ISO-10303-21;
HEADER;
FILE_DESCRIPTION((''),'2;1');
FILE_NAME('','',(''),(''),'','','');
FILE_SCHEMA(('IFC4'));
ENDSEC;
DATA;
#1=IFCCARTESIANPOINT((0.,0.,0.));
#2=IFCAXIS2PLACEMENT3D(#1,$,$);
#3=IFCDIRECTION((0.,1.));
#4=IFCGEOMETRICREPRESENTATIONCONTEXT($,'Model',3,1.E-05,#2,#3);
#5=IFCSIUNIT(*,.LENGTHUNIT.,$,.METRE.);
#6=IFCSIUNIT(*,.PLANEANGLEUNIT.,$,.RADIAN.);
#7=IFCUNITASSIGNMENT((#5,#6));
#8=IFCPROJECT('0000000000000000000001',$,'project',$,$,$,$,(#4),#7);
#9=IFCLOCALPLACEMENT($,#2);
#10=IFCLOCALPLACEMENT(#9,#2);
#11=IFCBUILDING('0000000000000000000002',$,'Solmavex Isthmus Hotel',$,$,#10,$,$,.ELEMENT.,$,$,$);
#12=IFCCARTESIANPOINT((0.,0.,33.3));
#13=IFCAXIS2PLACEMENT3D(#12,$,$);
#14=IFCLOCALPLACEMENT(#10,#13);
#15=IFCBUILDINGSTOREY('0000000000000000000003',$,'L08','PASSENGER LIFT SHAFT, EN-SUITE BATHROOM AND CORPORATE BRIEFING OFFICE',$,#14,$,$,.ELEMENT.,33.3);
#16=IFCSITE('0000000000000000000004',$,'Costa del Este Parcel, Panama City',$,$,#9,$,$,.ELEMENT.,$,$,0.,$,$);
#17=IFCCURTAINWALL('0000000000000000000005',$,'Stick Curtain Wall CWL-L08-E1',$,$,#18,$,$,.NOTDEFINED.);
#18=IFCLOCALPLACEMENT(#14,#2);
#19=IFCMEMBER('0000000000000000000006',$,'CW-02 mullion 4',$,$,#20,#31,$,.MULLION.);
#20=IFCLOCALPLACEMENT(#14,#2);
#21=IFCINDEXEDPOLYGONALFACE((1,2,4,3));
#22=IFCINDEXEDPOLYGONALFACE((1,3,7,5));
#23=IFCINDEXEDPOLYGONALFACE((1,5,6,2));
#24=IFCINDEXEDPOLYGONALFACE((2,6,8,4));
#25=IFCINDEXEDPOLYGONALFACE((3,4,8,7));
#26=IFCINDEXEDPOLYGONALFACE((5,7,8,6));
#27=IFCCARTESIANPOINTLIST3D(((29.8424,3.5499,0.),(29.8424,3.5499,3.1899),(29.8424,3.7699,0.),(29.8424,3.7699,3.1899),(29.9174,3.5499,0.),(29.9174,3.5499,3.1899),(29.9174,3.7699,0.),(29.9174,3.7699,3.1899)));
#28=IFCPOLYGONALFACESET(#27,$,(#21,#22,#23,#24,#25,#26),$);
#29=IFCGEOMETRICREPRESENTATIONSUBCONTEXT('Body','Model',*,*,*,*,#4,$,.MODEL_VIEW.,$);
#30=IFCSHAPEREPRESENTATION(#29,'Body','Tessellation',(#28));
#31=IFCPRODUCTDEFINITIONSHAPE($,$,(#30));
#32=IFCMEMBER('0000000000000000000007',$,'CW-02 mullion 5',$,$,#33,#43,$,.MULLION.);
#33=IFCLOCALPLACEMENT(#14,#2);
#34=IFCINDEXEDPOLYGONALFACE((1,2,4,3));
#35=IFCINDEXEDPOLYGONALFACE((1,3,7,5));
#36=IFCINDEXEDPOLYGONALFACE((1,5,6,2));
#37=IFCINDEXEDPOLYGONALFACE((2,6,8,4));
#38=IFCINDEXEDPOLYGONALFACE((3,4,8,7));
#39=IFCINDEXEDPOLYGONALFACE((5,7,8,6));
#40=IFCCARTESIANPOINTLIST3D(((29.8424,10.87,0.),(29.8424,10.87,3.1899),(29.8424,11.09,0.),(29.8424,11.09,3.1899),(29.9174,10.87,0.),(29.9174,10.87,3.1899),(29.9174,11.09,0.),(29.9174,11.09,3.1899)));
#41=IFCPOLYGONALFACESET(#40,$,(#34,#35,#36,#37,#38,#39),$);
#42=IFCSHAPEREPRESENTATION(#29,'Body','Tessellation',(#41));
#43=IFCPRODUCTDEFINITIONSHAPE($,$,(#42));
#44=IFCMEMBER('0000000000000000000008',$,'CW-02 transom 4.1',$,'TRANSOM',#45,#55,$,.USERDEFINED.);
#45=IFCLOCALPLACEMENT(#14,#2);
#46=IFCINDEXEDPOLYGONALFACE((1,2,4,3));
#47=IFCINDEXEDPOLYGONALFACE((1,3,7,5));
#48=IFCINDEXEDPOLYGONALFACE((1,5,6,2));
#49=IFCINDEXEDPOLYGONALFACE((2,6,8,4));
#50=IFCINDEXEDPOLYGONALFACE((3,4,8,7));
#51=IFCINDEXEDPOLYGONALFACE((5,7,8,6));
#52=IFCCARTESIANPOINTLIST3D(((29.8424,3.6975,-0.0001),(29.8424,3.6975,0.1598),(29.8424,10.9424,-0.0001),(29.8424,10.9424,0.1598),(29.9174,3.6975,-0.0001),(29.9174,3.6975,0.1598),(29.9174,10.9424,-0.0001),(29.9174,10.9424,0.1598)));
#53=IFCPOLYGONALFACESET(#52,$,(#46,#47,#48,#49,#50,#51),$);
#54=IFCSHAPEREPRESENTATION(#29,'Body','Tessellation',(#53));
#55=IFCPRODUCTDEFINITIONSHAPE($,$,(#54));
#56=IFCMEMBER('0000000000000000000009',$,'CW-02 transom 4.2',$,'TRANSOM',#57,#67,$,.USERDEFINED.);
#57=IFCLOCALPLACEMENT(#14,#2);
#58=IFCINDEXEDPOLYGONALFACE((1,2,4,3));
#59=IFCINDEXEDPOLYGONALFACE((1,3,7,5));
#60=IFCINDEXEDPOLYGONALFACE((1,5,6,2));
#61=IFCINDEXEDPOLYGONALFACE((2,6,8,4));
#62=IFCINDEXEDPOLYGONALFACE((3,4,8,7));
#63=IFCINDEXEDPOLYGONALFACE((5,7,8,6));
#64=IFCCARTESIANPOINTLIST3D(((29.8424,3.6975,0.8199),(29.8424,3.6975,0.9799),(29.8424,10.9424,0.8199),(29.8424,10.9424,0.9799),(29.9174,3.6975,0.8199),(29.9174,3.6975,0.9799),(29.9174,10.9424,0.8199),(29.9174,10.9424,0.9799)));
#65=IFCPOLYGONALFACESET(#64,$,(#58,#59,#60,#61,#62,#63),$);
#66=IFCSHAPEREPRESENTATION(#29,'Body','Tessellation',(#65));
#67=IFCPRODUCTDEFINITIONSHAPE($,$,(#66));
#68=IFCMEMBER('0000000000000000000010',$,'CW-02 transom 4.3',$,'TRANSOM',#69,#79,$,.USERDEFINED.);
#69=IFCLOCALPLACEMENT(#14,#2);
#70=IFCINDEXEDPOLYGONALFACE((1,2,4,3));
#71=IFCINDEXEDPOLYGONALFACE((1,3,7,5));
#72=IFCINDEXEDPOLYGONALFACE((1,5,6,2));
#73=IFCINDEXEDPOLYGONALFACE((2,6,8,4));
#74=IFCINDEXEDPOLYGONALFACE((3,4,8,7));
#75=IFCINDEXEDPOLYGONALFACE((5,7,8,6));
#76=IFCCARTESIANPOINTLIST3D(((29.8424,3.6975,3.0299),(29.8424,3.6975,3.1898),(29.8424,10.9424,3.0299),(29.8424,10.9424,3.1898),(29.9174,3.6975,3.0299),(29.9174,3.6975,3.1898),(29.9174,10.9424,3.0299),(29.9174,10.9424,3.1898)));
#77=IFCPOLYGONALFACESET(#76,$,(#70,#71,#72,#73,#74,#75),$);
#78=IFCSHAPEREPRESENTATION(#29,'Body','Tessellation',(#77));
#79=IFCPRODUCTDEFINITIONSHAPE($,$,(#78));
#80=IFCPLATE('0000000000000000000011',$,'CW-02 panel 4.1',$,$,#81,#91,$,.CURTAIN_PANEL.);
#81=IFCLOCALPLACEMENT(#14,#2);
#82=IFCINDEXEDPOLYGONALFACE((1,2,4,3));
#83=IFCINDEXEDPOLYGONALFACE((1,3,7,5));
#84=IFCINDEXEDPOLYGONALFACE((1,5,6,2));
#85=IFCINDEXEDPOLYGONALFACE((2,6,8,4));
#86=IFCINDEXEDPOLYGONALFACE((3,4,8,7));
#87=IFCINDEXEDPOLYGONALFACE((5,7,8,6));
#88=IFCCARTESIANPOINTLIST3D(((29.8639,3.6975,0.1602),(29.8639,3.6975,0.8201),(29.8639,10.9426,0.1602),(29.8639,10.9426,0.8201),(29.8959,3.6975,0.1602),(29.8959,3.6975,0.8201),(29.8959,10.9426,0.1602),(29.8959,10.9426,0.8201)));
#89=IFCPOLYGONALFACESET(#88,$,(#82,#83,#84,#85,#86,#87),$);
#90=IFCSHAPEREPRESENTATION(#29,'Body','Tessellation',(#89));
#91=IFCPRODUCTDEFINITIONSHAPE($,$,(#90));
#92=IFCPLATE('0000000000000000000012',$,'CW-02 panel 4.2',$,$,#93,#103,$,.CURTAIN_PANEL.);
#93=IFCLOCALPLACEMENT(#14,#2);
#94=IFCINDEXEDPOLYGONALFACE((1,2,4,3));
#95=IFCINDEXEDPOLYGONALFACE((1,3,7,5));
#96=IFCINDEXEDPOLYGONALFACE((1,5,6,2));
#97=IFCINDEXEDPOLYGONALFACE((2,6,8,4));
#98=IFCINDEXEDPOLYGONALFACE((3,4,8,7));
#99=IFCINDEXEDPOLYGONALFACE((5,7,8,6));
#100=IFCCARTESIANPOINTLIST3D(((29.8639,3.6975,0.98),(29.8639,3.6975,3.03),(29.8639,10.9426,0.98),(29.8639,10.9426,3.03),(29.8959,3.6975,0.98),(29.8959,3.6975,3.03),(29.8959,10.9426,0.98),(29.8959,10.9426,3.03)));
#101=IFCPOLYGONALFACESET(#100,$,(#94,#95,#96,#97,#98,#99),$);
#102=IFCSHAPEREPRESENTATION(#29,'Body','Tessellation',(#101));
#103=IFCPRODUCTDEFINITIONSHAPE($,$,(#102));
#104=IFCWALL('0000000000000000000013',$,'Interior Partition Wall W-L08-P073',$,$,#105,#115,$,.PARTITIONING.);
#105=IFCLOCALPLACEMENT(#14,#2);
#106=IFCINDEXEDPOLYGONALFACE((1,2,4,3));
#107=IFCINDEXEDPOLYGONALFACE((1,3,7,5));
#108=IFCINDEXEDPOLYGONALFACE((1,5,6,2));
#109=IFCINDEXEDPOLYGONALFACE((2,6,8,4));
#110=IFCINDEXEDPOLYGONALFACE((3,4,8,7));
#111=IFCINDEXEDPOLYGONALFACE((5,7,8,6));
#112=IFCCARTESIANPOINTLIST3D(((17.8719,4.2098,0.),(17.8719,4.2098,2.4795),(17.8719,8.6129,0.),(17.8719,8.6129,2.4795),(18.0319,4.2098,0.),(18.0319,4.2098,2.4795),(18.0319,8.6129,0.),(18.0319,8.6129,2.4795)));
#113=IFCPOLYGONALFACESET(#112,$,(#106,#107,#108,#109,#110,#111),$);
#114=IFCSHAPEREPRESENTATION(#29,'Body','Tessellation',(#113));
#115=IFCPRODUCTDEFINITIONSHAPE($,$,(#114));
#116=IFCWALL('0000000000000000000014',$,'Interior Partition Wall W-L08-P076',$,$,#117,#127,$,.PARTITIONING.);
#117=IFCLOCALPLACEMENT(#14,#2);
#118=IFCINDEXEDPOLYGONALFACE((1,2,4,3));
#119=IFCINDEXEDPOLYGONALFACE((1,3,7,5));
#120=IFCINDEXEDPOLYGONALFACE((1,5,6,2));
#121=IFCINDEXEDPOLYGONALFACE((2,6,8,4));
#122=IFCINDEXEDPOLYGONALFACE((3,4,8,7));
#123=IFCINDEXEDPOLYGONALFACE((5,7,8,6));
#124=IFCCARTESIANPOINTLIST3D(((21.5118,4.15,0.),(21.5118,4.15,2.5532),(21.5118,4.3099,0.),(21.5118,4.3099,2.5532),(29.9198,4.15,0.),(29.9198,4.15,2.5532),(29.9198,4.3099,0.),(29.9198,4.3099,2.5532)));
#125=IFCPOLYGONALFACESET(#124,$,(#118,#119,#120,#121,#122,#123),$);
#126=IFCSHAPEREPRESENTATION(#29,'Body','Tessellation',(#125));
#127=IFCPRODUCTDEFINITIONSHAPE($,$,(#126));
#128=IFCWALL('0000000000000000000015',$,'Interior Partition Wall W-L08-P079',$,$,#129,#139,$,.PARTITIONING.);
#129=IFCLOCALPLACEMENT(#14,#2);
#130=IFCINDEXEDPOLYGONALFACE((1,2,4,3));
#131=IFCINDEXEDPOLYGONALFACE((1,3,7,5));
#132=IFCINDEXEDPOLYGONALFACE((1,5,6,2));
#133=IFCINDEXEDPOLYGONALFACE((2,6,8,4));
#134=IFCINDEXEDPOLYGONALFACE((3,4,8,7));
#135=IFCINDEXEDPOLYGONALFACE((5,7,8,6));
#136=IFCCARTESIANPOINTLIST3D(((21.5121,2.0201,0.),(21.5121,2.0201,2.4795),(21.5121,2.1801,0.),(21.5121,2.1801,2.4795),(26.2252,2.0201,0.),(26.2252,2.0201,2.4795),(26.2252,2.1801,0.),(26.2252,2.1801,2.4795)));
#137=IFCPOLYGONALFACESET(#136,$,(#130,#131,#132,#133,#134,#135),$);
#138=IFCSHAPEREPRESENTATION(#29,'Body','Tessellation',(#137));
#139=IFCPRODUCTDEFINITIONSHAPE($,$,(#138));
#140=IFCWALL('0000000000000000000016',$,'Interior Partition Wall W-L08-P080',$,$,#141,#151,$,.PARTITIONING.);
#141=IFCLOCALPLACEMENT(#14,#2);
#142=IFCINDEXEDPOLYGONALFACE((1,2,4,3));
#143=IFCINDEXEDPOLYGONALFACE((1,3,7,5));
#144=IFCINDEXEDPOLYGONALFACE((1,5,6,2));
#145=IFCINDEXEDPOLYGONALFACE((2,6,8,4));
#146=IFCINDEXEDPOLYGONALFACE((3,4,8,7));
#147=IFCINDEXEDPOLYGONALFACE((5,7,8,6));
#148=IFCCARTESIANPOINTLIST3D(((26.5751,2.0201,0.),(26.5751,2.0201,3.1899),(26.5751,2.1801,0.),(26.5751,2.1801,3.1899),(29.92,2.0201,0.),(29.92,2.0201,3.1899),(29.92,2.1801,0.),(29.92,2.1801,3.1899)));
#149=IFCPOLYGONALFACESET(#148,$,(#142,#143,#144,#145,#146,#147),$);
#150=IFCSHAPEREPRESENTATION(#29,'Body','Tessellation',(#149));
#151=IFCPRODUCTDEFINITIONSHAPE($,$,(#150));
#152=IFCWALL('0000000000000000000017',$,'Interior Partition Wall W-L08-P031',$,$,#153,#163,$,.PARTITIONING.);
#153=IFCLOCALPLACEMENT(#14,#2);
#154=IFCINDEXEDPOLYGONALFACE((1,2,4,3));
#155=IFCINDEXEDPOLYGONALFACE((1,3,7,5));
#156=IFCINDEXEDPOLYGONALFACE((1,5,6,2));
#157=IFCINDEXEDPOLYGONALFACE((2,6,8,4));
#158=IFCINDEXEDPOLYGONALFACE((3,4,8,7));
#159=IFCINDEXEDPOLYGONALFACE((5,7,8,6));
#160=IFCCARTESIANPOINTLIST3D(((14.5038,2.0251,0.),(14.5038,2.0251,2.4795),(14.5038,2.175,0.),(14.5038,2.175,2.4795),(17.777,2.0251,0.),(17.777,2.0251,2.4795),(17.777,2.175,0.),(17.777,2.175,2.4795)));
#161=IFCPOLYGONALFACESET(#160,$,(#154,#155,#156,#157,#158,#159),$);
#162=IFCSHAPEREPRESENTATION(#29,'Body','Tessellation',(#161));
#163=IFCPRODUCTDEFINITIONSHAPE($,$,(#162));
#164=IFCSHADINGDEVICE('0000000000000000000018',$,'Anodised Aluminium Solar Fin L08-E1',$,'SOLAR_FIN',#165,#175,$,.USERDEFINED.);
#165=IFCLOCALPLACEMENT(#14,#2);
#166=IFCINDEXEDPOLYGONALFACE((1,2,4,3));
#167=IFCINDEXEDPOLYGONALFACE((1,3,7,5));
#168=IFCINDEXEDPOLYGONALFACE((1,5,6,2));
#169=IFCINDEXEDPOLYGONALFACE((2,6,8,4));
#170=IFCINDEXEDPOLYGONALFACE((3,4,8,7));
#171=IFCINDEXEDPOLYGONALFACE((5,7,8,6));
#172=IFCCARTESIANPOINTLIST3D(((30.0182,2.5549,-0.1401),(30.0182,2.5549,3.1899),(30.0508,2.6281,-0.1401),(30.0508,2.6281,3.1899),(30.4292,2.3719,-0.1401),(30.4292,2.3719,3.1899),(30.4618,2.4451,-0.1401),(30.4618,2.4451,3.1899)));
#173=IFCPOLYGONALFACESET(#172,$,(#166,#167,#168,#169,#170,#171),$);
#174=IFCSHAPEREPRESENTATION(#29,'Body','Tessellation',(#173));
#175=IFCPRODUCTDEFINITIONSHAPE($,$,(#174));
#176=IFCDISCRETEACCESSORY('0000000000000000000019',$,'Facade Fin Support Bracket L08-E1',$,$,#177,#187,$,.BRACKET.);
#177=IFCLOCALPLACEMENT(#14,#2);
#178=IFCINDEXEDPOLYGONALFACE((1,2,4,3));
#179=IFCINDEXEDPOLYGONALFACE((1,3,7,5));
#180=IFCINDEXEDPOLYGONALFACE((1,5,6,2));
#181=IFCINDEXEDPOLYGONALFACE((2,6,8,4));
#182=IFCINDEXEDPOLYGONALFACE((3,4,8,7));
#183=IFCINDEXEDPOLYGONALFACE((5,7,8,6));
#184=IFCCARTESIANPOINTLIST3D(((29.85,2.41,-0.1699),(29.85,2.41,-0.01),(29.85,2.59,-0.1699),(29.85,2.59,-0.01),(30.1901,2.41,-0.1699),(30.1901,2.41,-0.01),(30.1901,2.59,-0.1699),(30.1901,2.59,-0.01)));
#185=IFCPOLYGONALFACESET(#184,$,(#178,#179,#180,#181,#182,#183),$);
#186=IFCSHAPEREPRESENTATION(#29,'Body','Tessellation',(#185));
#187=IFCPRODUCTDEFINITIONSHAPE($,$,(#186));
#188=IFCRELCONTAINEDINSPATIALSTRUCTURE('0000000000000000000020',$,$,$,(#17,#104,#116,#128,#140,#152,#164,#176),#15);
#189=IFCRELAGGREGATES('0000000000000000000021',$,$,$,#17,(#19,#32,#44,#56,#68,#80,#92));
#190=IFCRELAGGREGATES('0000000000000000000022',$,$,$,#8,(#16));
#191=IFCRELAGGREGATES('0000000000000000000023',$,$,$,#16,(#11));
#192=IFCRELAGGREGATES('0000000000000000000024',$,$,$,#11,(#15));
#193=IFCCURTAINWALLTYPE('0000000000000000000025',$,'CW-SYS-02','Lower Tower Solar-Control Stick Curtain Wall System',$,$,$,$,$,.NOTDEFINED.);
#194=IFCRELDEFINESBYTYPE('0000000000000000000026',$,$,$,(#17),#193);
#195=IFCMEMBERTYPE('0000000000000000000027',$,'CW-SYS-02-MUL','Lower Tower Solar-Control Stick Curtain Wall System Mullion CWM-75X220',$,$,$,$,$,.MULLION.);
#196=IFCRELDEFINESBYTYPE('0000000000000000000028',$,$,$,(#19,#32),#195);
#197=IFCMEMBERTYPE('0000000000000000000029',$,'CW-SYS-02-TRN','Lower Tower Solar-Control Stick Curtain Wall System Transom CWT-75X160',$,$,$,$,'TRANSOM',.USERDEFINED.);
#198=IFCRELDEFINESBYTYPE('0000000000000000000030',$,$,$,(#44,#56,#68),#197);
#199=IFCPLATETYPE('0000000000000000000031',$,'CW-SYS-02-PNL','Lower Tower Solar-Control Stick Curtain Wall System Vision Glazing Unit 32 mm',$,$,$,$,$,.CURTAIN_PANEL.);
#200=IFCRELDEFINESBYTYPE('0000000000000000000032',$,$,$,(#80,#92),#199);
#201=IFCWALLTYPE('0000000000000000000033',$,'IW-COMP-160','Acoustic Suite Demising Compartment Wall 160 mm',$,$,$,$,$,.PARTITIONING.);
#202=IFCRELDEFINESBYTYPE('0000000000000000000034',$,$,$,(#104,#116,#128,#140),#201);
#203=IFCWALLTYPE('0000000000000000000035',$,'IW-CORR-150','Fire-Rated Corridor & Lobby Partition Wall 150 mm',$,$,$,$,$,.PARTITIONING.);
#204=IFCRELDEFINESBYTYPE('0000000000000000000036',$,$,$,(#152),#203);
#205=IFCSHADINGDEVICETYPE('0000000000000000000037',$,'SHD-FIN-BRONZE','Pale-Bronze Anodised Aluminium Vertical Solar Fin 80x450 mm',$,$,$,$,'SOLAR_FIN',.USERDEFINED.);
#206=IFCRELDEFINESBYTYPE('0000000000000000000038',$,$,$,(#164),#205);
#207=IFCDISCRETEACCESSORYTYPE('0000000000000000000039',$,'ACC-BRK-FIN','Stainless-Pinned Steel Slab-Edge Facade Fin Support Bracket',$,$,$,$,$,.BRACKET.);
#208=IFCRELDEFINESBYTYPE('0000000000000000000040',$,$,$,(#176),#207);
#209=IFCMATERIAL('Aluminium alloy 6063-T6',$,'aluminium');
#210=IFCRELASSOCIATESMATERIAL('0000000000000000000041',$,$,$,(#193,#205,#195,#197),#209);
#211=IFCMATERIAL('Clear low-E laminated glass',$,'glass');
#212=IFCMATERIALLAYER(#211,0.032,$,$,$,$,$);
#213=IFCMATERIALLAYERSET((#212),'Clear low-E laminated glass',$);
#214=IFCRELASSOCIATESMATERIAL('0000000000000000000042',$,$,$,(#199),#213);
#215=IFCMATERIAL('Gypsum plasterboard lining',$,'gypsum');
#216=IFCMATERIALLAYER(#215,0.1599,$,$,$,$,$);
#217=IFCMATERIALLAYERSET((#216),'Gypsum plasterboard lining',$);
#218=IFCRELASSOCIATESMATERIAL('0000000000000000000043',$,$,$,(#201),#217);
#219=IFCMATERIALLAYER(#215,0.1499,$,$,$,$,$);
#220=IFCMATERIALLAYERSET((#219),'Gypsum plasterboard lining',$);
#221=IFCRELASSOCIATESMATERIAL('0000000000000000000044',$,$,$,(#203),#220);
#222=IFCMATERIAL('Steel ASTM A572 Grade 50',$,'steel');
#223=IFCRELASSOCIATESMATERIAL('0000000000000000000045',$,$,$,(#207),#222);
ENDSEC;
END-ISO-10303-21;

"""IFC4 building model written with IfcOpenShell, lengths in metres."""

from ifc_helpers import new_model, si_unit, direction, frame, frame_2d, origin, origin_2d, place, context, subcontext, project, spatial, rectangle, extrude, material, layer, layer_set, material_profile, profile_set, type_object, element, aggregate, save


model = new_model("IFC4")

# Units and contexts
model_context = context("Model", 3, precision=1e-05, world=origin(), true_north=direction((0.0, 1.0)))
body_context = subcontext(model_context, "Body", "Model", "MODEL_VIEW")
ifc_project = project(units=[si_unit("LENGTHUNIT", "METRE"), si_unit("PLANEANGLEUNIT", "RADIAN")], contexts=[model_context])

# Site, building, storey
site_placement = place(None, origin())
site = spatial("IfcSite", under=ifc_project, at=site_placement, Name="Costa del Este Parcel, Panama City", CompositionType="ELEMENT", RefElevation=0.0)
building_placement = place(site_placement, origin())
building = spatial("IfcBuilding", under=site, at=building_placement, Name="Solmavex Isthmus Hotel", CompositionType="ELEMENT")
storey_placement = place(building_placement, frame((0.0, 0.0, 33.3)))
storey = spatial("IfcBuildingStorey", under=building, at=storey_placement, Name="L08", Description="PASSENGER LIFT SHAFT, EN-SUITE BATHROOM AND CORPORATE BRIEFING OFFICE", CompositionType="ELEMENT", Elevation=33.3)

# Curtain wall, members, plates
ifc_material_1 = material(Name="Aluminium alloy 6063-T6", Category="aluminium")
curtain_wall_type = type_object("IfcCurtainWallType", Name="CW-SYS-02", Description="Lower Tower Solar-Control Stick Curtain Wall System", PredefinedType="NOTDEFINED", material=ifc_material_1)
curtain_wall_placement = place(storey_placement, origin())
curtain_wall = element("IfcCurtainWall", 1, at=curtain_wall_placement, inside=storey, type_object=curtain_wall_type, Name="Stick Curtain Wall CWL-L08-E1", PredefinedType="NOTDEFINED")
ifc_material_profile_1 = material_profile(ifc_material_1, rectangle(XDim=0.075, YDim=0.22, at=origin_2d()), Name="CWM-75X220")
ifc_profile_set_1 = profile_set([ifc_material_profile_1], Name="Aluminium alloy 6063-T6")
member_type_1 = type_object("IfcMemberType", Name="CW-SYS-02-MUL", Description="Lower Tower Solar-Control Stick Curtain Wall System Mullion CWM-75X220", PredefinedType="MULLION", material=ifc_profile_set_1)
member_1_placement = place(storey_placement, frame((29.8799, 3.6599, 0.0), z_axis=(0.0, 0.0, 1.0), x_axis=(-1.0, 0.0, 0.0)))
member_1 = element("IfcMember", 2, at=member_1_placement, type_object=member_type_1, Name="CW-02 mullion 4", PredefinedType="MULLION", context=body_context, shape_type="SweptSolid", body=[
    extrude(rectangle(XDim=0.075, YDim=0.22, at=origin_2d()), origin(), (0.0, 0.0, 1.0), 3.1899),
])
member_2_placement = place(storey_placement, frame((29.8799, 10.98, 0.0), z_axis=(0.0, 0.0, 1.0), x_axis=(-1.0, 0.0, 0.0)))
member_2 = element("IfcMember", 3, at=member_2_placement, type_object=member_type_1, Name="CW-02 mullion 5", PredefinedType="MULLION", context=body_context, shape_type="SweptSolid", body=[
    extrude(rectangle(XDim=0.075, YDim=0.22, at=origin_2d()), origin(), (0.0, 0.0, 1.0), 3.1899),
])
ifc_material_profile_2 = material_profile(ifc_material_1, rectangle(XDim=0.075, YDim=0.1599, at=origin_2d()), Name="CWT-75X160")
ifc_profile_set_2 = profile_set([ifc_material_profile_2], Name="Aluminium alloy 6063-T6")
member_type_2 = type_object("IfcMemberType", Name="CW-SYS-02-TRN", Description="Lower Tower Solar-Control Stick Curtain Wall System Transom CWT-75X160", ElementType="TRANSOM", PredefinedType="USERDEFINED", material=ifc_profile_set_2)
member_3_placement = place(storey_placement, frame((29.8799, 3.6975, 0.0798), z_axis=(0.0, 1.0, 0.0), x_axis=(-1.0, 0.0, 0.0)))
member_3 = element("IfcMember", 4, at=member_3_placement, type_object=member_type_2, Name="CW-02 transom 4.1", ObjectType="TRANSOM", PredefinedType="USERDEFINED", context=body_context, shape_type="SweptSolid", body=[
    extrude(rectangle(XDim=0.075, YDim=0.1599, at=origin_2d()), origin(), (0.0, 0.0, 1.0), 7.2449),
])
member_4_placement = place(storey_placement, frame((29.8799, 3.6975, 0.8999), z_axis=(0.0, 1.0, 0.0), x_axis=(-1.0, 0.0, 0.0)))
member_4 = element("IfcMember", 5, at=member_4_placement, type_object=member_type_2, Name="CW-02 transom 4.2", ObjectType="TRANSOM", PredefinedType="USERDEFINED", context=body_context, shape_type="SweptSolid", body=[
    extrude(rectangle(XDim=0.075, YDim=0.1599, at=origin_2d()), origin(), (0.0, 0.0, 1.0), 7.2449),
])
member_5_placement = place(storey_placement, frame((29.8799, 3.6975, 3.1099), z_axis=(0.0, 1.0, 0.0), x_axis=(-1.0, 0.0, 0.0)))
member_5 = element("IfcMember", 6, at=member_5_placement, type_object=member_type_2, Name="CW-02 transom 4.3", ObjectType="TRANSOM", PredefinedType="USERDEFINED", context=body_context, shape_type="SweptSolid", body=[
    extrude(rectangle(XDim=0.075, YDim=0.1599, at=origin_2d()), origin(), (0.0, 0.0, 1.0), 7.2449),
])
ifc_material_2 = material(Name="Clear low-E laminated glass", Category="glass")
ifc_layer_1 = layer(ifc_material_2, 0.032)
ifc_layer_set_1 = layer_set([ifc_layer_1], Name="Clear low-E laminated glass")
plate_type = type_object("IfcPlateType", Name="CW-SYS-02-PNL", Description="Lower Tower Solar-Control Stick Curtain Wall System Vision Glazing Unit 32 mm", PredefinedType="CURTAIN_PANEL", material=ifc_layer_set_1)
plate_1_placement = place(storey_placement, frame((29.8799, 7.3201, 0.1602), z_axis=(0.0, 0.0, 1.0), x_axis=(0.0, 1.0, 0.0)))
plate_1 = element("IfcPlate", 7, at=plate_1_placement, type_object=plate_type, Name="CW-02 panel 4.1", PredefinedType="CURTAIN_PANEL", context=body_context, shape_type="SweptSolid", body=[
    extrude(rectangle(XDim=7.2451, YDim=0.032, at=origin_2d()), origin(), (0.0, 0.0, 1.0), 0.6599),
])
plate_2_placement = place(storey_placement, frame((29.8799, 7.3201, 0.98), z_axis=(0.0, 0.0, 1.0), x_axis=(0.0, 1.0, 0.0)))
plate_2 = element("IfcPlate", 8, at=plate_2_placement, type_object=plate_type, Name="CW-02 panel 4.2", PredefinedType="CURTAIN_PANEL", context=body_context, shape_type="SweptSolid", body=[
    extrude(rectangle(XDim=7.2451, YDim=0.032, at=origin_2d()), origin(), (0.0, 0.0, 1.0), 2.05),
])
aggregate(curtain_wall, [member_1, member_2, member_3, member_4, member_5, plate_1, plate_2])

# Walls
ifc_material_3 = material(Name="Gypsum plasterboard lining", Category="gypsum")
ifc_layer_2 = layer(ifc_material_3, 0.1599)
ifc_layer_set_2 = layer_set([ifc_layer_2], Name="Gypsum plasterboard lining")
wall_type_1 = type_object("IfcWallType", Name="IW-COMP-160", Description="Acoustic Suite Demising Compartment Wall 160 mm", PredefinedType="PARTITIONING", material=ifc_layer_set_2)
wall_1_placement = place(storey_placement, frame((17.9519, 8.613, 0.0), z_axis=(0.0, 0.0, 1.0), x_axis=(0.0, -1.0, 0.0)))
element("IfcWall", 9, at=wall_1_placement, inside=storey, type_object=wall_type_1, Name="Interior Partition Wall W-L08-P073", PredefinedType="PARTITIONING", context=body_context, shape_type="SweptSolid", body=[
    extrude(rectangle(XDim=4.4031, YDim=0.1599, at=frame_2d((2.2017, 0.0))), origin(), (0.0, 0.0, 1.0), 2.4795),
])
wall_2_placement = place(storey_placement, frame((29.9199, 4.23, 0.0), z_axis=(0.0, 0.0, 1.0), x_axis=(-1.0, 0.0, 0.0)))
element("IfcWall", 10, at=wall_2_placement, inside=storey, type_object=wall_type_1, Name="Interior Partition Wall W-L08-P076", PredefinedType="PARTITIONING", context=body_context, shape_type="SweptSolid", body=[
    extrude(rectangle(XDim=8.408, YDim=0.1599, at=frame_2d((4.2041, 0.0))), origin(), (0.0, 0.0, 1.0), 2.5532),
])
wall_3_placement = place(storey_placement, frame((26.2251, 2.1001, 0.0), z_axis=(0.0, 0.0, 1.0), x_axis=(-1.0, 0.0, 0.0)))
element("IfcWall", 11, at=wall_3_placement, inside=storey, type_object=wall_type_1, Name="Interior Partition Wall W-L08-P079", PredefinedType="PARTITIONING", context=body_context, shape_type="SweptSolid", body=[
    extrude(rectangle(XDim=4.7131, YDim=0.1599, at=frame_2d((2.3564, 0.0))), origin(), (0.0, 0.0, 1.0), 2.4795),
])
wall_4_placement = place(storey_placement, frame((29.9199, 2.1001, 0.0), z_axis=(0.0, 0.0, 1.0), x_axis=(-1.0, 0.0, 0.0)))
element("IfcWall", 12, at=wall_4_placement, inside=storey, type_object=wall_type_1, Name="Interior Partition Wall W-L08-P080", PredefinedType="PARTITIONING", context=body_context, shape_type="SweptSolid", body=[
    extrude(rectangle(XDim=3.345, YDim=0.1599, at=frame_2d((1.6724, 0.0))), origin(), (0.0, 0.0, 1.0), 3.1899),
])

# Shared definitions
ifc_layer_3 = layer(ifc_material_3, 0.1499)
ifc_layer_set_3 = layer_set([ifc_layer_3], Name="Gypsum plasterboard lining")
wall_type_2 = type_object("IfcWallType", Name="IW-CORR-150", Description="Fire-Rated Corridor & Lobby Partition Wall 150 mm", PredefinedType="PARTITIONING", material=ifc_layer_set_3)

# Wall
wall_5_placement = place(storey_placement, frame((17.7771, 2.1001, 0.0), z_axis=(0.0, 0.0, 1.0), x_axis=(-1.0, 0.0, 0.0)))
element("IfcWall", 13, at=wall_5_placement, inside=storey, type_object=wall_type_2, Name="Interior Partition Wall W-L08-P031", PredefinedType="PARTITIONING", context=body_context, shape_type="SweptSolid", body=[
    extrude(rectangle(XDim=3.2732, YDim=0.1499, at=frame_2d((1.6367, 0.0))), origin(), (0.0, 0.0, 1.0), 2.4795),
])

# Shading device
shading_device_type = type_object("IfcShadingDeviceType", Name="SHD-FIN-BRONZE", Description="Pale-Bronze Anodised Aluminium Vertical Solar Fin 80x450 mm", ElementType="SOLAR_FIN", PredefinedType="USERDEFINED", material=ifc_material_1)
shading_device_placement = place(storey_placement, frame((30.24, 2.5, -0.1401), z_axis=(0.0, 0.0, 1.0), x_axis=(0.913545, -0.406737, 0.0)))
element("IfcShadingDevice", 14, at=shading_device_placement, inside=storey, type_object=shading_device_type, Name="Anodised Aluminium Solar Fin L08-E1", ObjectType="SOLAR_FIN", PredefinedType="USERDEFINED", context=body_context, shape_type="SweptSolid", body=[
    extrude(rectangle(XDim=0.45, YDim=0.0801, at=origin_2d()), origin(), (0.0, 0.0, 1.0), 3.3301),
])

# Discrete accessory
ifc_material_4 = material(Name="Steel ASTM A572 Grade 50", Category="steel")
discrete_accessory_type = type_object("IfcDiscreteAccessoryType", Name="ACC-BRK-FIN", Description="Stainless-Pinned Steel Slab-Edge Facade Fin Support Bracket", PredefinedType="BRACKET", material=ifc_material_4)
discrete_accessory_placement = place(storey_placement, frame((30.02, 2.5, -0.1699), z_axis=(0.0, 0.0, 1.0), x_axis=(1.0, 0.0, 0.0)))
element("IfcDiscreteAccessory", 15, at=discrete_accessory_placement, inside=storey, type_object=discrete_accessory_type, Name="Facade Fin Support Bracket L08-E1", PredefinedType="BRACKET", context=body_context, shape_type="SweptSolid", body=[
    extrude(rectangle(XDim=0.3401, YDim=0.1799, at=origin_2d()), origin(), (0.0, 0.0, 1.0), 0.1599),
])

save(model, "model.ifc")
